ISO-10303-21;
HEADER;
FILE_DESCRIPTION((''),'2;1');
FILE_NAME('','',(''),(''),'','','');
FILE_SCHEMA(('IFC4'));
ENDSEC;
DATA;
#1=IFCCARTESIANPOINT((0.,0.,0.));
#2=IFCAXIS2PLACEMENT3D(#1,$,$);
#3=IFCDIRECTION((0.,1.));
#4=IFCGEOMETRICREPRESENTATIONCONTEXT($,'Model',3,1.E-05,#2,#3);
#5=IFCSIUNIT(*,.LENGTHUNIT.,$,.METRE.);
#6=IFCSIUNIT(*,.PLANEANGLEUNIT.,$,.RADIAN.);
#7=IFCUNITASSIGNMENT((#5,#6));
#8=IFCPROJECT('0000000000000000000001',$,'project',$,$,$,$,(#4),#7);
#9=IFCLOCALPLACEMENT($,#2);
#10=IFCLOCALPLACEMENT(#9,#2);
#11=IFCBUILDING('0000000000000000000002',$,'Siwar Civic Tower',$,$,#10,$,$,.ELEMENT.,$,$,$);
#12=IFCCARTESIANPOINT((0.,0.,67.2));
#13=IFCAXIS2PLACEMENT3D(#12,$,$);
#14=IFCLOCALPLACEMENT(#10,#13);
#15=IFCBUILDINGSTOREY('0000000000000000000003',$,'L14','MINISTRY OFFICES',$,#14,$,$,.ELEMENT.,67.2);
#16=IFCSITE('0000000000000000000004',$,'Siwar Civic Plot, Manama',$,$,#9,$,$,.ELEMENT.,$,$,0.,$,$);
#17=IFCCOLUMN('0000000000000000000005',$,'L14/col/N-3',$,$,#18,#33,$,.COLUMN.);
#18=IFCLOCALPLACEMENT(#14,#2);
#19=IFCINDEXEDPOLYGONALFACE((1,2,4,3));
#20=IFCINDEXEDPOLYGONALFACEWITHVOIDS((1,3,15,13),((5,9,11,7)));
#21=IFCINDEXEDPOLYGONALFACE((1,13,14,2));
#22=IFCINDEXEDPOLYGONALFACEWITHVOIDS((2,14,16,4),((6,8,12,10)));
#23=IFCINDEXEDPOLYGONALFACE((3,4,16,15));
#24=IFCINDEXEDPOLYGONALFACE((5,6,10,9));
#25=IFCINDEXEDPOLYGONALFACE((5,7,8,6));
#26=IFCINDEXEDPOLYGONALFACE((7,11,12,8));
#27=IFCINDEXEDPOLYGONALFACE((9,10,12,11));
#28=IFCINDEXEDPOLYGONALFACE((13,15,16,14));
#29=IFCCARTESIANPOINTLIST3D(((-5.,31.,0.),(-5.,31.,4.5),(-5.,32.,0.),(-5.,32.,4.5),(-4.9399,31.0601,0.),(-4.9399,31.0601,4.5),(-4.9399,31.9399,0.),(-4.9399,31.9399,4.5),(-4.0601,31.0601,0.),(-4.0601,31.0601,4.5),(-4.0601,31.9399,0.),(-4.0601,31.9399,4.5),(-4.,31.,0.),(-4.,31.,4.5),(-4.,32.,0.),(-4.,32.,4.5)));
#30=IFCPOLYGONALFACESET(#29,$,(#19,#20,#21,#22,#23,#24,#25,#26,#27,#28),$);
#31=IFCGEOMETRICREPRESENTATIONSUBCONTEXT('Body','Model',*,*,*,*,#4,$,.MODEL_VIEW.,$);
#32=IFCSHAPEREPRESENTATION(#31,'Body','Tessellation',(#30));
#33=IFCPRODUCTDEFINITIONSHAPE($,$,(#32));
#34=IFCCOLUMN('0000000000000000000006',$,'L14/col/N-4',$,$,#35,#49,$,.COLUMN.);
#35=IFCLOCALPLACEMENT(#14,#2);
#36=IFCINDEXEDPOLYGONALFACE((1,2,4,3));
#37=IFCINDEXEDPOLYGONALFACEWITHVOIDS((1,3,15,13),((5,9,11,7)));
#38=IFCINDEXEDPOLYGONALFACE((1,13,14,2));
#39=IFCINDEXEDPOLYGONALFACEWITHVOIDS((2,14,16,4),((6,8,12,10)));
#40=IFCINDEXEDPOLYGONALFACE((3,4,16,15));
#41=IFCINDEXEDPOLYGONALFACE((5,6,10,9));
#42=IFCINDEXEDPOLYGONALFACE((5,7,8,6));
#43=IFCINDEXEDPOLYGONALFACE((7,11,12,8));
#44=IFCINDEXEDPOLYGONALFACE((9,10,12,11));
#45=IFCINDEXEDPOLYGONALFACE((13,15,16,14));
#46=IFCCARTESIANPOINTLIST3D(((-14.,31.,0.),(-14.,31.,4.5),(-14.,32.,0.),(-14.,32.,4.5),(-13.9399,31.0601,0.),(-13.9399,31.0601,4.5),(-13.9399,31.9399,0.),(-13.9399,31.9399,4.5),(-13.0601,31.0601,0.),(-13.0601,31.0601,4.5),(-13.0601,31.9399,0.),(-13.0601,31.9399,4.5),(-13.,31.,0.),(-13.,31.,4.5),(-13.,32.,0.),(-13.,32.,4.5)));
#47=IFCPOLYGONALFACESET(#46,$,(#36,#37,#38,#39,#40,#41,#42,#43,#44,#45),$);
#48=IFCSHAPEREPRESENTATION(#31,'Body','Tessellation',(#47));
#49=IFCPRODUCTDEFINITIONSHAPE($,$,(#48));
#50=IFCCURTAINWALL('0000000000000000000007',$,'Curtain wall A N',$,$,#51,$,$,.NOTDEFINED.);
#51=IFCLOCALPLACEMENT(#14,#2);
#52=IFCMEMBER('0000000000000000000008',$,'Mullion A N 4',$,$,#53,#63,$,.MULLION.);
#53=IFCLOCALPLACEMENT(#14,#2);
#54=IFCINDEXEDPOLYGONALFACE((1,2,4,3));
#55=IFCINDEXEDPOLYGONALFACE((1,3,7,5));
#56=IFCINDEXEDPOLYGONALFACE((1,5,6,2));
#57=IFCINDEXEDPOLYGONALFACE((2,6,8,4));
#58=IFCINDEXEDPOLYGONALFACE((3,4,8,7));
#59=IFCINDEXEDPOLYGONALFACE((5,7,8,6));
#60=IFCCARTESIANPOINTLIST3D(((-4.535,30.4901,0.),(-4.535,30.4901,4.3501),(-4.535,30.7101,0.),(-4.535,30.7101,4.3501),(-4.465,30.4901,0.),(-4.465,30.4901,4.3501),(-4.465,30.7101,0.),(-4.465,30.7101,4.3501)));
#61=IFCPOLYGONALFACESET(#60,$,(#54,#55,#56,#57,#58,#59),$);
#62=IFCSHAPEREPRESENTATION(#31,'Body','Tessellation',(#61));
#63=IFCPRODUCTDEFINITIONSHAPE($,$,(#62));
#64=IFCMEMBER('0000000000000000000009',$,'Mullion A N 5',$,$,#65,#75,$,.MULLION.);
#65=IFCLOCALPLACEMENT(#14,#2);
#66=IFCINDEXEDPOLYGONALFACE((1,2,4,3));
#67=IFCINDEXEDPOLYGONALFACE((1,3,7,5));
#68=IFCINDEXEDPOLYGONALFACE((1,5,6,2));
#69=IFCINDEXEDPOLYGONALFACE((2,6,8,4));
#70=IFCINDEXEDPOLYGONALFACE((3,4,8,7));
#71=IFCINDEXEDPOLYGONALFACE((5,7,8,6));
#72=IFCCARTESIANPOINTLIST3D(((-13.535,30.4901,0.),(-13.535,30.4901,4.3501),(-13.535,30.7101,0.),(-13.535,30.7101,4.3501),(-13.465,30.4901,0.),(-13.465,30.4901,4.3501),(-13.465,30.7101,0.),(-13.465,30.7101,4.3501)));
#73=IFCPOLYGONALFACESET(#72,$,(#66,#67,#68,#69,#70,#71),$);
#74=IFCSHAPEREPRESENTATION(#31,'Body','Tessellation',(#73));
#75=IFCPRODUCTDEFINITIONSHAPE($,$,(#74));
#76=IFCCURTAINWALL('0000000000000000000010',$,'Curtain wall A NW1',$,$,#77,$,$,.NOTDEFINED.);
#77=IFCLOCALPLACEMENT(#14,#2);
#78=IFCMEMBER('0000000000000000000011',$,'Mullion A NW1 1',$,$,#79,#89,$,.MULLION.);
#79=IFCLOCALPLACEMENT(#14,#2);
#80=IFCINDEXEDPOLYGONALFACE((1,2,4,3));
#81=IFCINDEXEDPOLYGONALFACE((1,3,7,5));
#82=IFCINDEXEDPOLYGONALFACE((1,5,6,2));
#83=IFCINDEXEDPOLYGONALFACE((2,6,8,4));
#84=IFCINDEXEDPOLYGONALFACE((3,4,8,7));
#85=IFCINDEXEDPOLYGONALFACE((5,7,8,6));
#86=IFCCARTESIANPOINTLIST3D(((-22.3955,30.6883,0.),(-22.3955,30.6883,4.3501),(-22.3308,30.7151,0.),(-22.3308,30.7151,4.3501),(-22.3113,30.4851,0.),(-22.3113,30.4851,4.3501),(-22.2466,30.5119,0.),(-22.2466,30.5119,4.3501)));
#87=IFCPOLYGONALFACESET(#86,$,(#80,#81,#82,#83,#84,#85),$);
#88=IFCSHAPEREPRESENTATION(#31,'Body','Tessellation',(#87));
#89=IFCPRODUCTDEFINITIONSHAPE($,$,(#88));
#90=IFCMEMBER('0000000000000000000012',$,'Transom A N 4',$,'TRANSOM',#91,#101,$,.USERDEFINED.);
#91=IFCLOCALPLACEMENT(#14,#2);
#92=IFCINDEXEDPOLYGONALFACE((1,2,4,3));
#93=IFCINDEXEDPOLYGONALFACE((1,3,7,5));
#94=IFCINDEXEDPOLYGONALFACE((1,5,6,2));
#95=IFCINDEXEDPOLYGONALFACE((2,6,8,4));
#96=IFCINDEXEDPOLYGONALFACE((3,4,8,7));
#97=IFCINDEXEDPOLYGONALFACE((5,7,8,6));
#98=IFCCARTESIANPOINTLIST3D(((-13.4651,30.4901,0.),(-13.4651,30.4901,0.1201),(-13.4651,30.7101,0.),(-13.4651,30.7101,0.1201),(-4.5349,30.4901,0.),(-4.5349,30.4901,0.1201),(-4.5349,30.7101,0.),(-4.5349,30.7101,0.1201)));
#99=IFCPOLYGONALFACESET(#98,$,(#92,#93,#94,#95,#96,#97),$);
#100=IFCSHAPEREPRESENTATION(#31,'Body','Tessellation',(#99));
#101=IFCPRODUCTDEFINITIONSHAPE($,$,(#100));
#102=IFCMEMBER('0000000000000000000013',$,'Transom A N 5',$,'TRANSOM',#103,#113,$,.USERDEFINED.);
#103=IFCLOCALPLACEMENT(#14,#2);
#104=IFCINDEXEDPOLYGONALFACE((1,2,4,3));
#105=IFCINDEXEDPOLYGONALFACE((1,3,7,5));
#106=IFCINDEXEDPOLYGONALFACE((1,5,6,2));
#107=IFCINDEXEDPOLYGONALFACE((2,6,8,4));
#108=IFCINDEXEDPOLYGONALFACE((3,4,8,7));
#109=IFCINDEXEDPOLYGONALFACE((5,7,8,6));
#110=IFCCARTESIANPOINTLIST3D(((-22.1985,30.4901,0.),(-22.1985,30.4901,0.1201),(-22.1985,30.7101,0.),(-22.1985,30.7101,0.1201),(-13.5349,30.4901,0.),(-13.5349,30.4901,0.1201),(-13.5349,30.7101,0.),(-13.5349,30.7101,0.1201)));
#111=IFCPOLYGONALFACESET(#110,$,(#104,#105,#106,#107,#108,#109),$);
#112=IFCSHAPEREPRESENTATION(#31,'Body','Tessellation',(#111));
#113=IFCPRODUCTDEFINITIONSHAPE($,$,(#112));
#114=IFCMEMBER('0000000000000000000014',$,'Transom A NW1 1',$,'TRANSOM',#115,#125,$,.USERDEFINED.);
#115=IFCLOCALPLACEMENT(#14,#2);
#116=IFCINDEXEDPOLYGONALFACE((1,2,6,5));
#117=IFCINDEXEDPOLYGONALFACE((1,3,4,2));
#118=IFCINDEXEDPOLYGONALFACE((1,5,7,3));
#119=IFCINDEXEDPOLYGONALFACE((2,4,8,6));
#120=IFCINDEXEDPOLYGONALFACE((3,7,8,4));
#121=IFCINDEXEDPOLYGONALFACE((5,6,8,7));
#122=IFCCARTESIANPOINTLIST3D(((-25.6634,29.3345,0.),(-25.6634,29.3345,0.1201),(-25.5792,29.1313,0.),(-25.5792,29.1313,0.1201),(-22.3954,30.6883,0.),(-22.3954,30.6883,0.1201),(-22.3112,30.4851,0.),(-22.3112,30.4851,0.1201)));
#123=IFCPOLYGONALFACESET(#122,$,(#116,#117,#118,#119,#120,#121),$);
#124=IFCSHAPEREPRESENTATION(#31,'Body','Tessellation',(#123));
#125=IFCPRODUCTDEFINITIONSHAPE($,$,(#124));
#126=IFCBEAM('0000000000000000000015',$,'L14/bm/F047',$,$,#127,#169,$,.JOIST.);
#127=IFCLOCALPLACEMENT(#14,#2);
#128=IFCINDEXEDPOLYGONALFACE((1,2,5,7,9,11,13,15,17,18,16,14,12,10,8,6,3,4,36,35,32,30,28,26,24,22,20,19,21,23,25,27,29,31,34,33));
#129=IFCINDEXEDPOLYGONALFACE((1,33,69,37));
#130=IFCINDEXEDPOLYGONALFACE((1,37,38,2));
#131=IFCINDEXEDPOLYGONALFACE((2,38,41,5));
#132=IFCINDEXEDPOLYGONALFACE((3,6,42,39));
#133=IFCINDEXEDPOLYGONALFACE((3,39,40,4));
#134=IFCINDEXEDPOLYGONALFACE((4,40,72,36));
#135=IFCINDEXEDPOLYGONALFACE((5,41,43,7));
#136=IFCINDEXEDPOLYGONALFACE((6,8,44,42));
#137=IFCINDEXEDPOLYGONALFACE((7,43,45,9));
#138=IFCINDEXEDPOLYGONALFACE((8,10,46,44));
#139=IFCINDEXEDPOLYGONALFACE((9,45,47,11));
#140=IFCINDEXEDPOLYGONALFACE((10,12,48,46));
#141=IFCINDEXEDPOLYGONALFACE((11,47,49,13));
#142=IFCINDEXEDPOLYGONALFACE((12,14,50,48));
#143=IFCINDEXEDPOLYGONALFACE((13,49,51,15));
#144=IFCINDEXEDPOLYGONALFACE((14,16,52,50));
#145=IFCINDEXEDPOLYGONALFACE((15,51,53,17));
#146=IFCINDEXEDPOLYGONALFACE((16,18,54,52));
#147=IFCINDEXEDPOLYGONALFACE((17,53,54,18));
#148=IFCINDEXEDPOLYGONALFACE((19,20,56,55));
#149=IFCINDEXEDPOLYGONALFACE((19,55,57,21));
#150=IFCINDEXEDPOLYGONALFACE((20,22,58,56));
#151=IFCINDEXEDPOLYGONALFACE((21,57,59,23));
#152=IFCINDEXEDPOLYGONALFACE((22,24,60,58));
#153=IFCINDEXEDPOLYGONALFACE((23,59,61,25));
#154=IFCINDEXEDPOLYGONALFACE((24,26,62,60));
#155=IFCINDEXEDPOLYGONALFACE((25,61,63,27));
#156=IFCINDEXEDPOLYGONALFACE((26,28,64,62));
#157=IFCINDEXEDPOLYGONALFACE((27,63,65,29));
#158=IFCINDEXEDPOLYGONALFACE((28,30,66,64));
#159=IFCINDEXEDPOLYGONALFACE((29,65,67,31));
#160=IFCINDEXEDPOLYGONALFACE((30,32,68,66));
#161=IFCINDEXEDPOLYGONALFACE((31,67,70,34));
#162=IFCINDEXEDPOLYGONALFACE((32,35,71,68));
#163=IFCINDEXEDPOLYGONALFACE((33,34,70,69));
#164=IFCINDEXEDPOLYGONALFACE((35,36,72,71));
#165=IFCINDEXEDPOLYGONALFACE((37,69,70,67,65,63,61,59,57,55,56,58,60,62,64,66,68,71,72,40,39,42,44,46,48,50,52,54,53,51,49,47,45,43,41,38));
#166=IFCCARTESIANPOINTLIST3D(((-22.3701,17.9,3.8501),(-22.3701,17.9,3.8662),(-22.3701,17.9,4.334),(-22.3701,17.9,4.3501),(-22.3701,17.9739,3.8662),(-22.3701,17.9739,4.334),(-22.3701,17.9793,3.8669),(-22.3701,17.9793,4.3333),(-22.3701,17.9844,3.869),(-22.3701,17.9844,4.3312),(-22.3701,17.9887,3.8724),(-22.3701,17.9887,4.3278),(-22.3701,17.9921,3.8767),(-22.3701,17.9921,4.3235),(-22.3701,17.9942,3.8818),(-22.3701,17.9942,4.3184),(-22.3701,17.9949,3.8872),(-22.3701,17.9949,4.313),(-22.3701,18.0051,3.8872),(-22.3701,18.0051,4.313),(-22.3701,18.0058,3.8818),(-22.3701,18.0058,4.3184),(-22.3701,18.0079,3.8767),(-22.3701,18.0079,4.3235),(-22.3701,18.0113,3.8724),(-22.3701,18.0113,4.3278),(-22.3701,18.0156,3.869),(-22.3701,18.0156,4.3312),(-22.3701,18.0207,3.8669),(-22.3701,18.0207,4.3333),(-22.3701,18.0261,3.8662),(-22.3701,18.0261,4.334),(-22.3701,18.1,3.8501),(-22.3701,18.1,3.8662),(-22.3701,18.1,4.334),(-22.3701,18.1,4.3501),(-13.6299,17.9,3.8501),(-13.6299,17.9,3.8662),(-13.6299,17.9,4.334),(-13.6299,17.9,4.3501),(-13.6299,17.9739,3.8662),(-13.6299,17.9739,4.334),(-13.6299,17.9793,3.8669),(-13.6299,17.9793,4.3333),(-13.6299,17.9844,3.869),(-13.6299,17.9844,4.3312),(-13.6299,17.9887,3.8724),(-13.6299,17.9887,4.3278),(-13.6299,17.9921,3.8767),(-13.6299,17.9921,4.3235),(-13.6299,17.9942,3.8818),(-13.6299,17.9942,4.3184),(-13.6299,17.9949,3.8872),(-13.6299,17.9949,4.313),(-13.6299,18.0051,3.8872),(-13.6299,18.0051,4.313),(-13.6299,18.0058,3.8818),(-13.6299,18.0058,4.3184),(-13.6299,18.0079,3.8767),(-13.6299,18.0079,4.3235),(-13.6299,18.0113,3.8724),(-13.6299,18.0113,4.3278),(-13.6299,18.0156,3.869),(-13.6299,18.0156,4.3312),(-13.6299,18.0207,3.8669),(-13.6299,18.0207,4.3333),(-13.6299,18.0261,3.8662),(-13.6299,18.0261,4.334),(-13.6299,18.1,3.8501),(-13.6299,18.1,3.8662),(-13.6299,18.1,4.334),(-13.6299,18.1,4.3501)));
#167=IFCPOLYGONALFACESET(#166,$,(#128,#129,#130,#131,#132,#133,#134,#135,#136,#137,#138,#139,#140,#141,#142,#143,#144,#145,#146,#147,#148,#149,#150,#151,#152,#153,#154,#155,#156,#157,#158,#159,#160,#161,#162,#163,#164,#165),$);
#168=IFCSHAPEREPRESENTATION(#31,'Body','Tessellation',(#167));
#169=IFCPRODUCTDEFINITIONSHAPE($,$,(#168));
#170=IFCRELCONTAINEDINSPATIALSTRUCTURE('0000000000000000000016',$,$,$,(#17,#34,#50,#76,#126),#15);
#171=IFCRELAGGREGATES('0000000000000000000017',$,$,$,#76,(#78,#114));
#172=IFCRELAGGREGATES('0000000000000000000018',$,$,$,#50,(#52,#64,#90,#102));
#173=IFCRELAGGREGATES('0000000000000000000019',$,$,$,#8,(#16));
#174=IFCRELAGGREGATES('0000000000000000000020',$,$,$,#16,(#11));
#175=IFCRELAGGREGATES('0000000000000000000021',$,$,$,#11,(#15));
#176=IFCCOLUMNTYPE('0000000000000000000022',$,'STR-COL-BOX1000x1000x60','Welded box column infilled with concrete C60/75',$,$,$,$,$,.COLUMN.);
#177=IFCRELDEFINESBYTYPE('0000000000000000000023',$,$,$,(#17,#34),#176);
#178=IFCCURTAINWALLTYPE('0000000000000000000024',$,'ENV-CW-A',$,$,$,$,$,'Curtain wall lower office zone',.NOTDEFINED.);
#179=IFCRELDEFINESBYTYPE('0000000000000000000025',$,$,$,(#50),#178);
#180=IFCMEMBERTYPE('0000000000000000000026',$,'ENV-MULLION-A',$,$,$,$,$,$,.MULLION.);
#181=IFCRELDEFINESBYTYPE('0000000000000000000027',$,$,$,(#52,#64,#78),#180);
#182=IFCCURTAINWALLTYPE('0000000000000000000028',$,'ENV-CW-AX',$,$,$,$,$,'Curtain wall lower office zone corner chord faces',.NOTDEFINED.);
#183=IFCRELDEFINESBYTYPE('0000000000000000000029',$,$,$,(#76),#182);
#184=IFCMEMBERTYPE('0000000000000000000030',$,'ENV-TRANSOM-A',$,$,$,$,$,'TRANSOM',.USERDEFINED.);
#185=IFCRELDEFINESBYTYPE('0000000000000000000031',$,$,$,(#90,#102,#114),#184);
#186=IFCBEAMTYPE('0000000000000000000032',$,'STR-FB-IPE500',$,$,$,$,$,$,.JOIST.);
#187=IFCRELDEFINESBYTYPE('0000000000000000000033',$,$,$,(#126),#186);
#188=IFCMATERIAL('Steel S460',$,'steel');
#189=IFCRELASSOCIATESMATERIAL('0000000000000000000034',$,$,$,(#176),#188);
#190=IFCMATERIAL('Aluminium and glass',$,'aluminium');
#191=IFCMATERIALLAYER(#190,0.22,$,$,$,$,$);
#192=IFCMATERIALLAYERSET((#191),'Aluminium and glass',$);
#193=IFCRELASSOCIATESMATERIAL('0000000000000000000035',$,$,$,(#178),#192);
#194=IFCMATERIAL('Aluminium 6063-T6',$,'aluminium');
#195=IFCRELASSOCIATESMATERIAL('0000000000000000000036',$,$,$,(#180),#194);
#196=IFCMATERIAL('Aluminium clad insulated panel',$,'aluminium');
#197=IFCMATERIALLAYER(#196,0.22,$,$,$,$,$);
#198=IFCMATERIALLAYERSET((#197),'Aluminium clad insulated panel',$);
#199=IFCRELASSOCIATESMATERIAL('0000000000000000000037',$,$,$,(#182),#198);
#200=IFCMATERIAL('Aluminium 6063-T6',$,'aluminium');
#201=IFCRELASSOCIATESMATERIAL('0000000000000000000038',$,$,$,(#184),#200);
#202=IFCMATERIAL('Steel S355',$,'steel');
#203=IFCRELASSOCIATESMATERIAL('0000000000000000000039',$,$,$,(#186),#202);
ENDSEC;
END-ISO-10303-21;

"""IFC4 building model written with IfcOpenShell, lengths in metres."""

from ifc_helpers import new_model, si_unit, direction, frame, origin, origin_2d, place, context, subcontext, project, spatial, rectangle, hollow_rectangle, i_section, extrude, material, layer, layer_set, material_profile, profile_set, type_object, element, aggregate, save


model = new_model("IFC4")

# Units and contexts
model_context = context("Model", 3, precision=1e-05, world=origin(), true_north=direction((0.0, 1.0)))
body_context = subcontext(model_context, "Body", "Model", "MODEL_VIEW")
ifc_project = project(units=[si_unit("LENGTHUNIT", "METRE"), si_unit("PLANEANGLEUNIT", "RADIAN")], contexts=[model_context])

# Site, building, storey
site_placement = place(None, origin())
site = spatial("IfcSite", under=ifc_project, at=site_placement, Name="Siwar Civic Plot, Manama", CompositionType="ELEMENT", RefElevation=0.0)
building_placement = place(site_placement, origin())
building = spatial("IfcBuilding", under=site, at=building_placement, Name="Siwar Civic Tower", CompositionType="ELEMENT")
storey_placement = place(building_placement, frame((0.0, 0.0, 67.2)))
storey = spatial("IfcBuildingStorey", under=building, at=storey_placement, Name="L14", Description="MINISTRY OFFICES", CompositionType="ELEMENT", Elevation=67.2)

# Columns
ifc_material_1 = material(Name="Steel S460", Category="steel")
ifc_material_profile_1 = material_profile(ifc_material_1, hollow_rectangle(XDim=1.0, YDim=1.0, WallThickness=0.0601, at=origin_2d()), Name="BOX1000x1000x60")
ifc_profile_set_1 = profile_set([ifc_material_profile_1], Name="Steel S460")
column_type = type_object("IfcColumnType", Name="STR-COL-BOX1000x1000x60", Description="Welded box column infilled with concrete C60/75", PredefinedType="COLUMN", material=ifc_profile_set_1)
for number, where, z_axis, x_axis, name in (
    (1, (-4.5, 31.5, 0.0), (0.0, 0.0, 1.0), (1.0, 0.0, 0.0), "L14/col/N-3"),
    (2, (-13.5, 31.5, 0.0), (0.0, 0.0, 1.0), (1.0, 0.0, 0.0), "L14/col/N-4"),
):
    element("IfcColumn", number, at=place(storey_placement, frame(where, z_axis=z_axis, x_axis=x_axis)), inside=storey, type_object=column_type, Name=name, PredefinedType="COLUMN", context=body_context, shape_type="SweptSolid", body=[
        extrude(hollow_rectangle(XDim=1.0, YDim=1.0, WallThickness=0.0601, at=origin_2d()), origin(), (0.0, 0.0, 1.0), 4.5),
    ])

# Curtain wall, members
ifc_material_2 = material(Name="Aluminium and glass", Category="aluminium")
ifc_layer_1 = layer(ifc_material_2, 0.22)
ifc_layer_set_1 = layer_set([ifc_layer_1], Name="Aluminium and glass")
curtain_wall_type_1 = type_object("IfcCurtainWallType", Name="ENV-CW-A", ElementType="Curtain wall lower office zone", PredefinedType="NOTDEFINED", material=ifc_layer_set_1)
curtain_wall_1_placement = place(storey_placement, origin())
curtain_wall_1 = element("IfcCurtainWall", 3, at=curtain_wall_1_placement, inside=storey, type_object=curtain_wall_type_1, Name="Curtain wall A N", PredefinedType="NOTDEFINED")
ifc_material_3 = material(Name="Aluminium 6063-T6", Category="aluminium")
ifc_material_profile_2 = material_profile(ifc_material_3, rectangle(XDim=0.22, YDim=0.0701, at=origin_2d()), Name="AL 220x70")
ifc_profile_set_2 = profile_set([ifc_material_profile_2], Name="Aluminium 6063-T6")
member_type_1 = type_object("IfcMemberType", Name="ENV-MULLION-A", PredefinedType="MULLION", material=ifc_profile_set_2)
member_1_placement = place(storey_placement, frame((-4.5, 30.6001, 0.0), z_axis=(0.0, 0.0, 1.0), x_axis=(0.0, -1.0, 0.0)))
member_1 = element("IfcMember", 4, at=member_1_placement, type_object=member_type_1, Name="Mullion A N 4", PredefinedType="MULLION", context=body_context, shape_type="SweptSolid", body=[
    extrude(rectangle(XDim=0.22, YDim=0.0701, at=origin_2d()), origin(), (0.0, 0.0, 1.0), 4.3501),
])
member_2_placement = place(storey_placement, frame((-13.5, 30.6001, 0.0), z_axis=(0.0, 0.0, 1.0), x_axis=(0.0, -1.0, 0.0)))
member_2 = element("IfcMember", 5, at=member_2_placement, type_object=member_type_1, Name="Mullion A N 5", PredefinedType="MULLION", context=body_context, shape_type="SweptSolid", body=[
    extrude(rectangle(XDim=0.22, YDim=0.0701, at=origin_2d()), origin(), (0.0, 0.0, 1.0), 4.3501),
])

# Curtain wall, member
ifc_material_4 = material(Name="Aluminium clad insulated panel", Category="aluminium")
ifc_layer_2 = layer(ifc_material_4, 0.22)
ifc_layer_set_2 = layer_set([ifc_layer_2], Name="Aluminium clad insulated panel")
curtain_wall_type_2 = type_object("IfcCurtainWallType", Name="ENV-CW-AX", ElementType="Curtain wall lower office zone corner chord faces", PredefinedType="NOTDEFINED", material=ifc_layer_set_2)
curtain_wall_2_placement = place(storey_placement, origin())
curtain_wall_2 = element("IfcCurtainWall", 6, at=curtain_wall_2_placement, inside=storey, type_object=curtain_wall_type_2, Name="Curtain wall A NW1", PredefinedType="NOTDEFINED")
member_3_placement = place(storey_placement, frame((-22.321, 30.6001, 0.0), z_axis=(0.0, 0.0, 1.0), x_axis=(0.382683, -0.92388, 0.0)))
member_3 = element("IfcMember", 7, at=member_3_placement, type_object=member_type_1, Name="Mullion A NW1 1", PredefinedType="MULLION", context=body_context, shape_type="SweptSolid", body=[
    extrude(rectangle(XDim=0.22, YDim=0.0701, at=origin_2d()), origin(), (0.0, 0.0, 1.0), 4.3501),
])

# Members
ifc_material_5 = material(Name="Aluminium 6063-T6", Category="aluminium")
ifc_material_profile_3 = material_profile(ifc_material_5, rectangle(XDim=0.22, YDim=0.1201, at=origin_2d()), Name="AL 220x120")
ifc_profile_set_3 = profile_set([ifc_material_profile_3], Name="Aluminium 6063-T6")
member_type_2 = type_object("IfcMemberType", Name="ENV-TRANSOM-A", ElementType="TRANSOM", PredefinedType="USERDEFINED", material=ifc_profile_set_3)
member_4_placement = place(storey_placement, frame((-4.5349, 30.6001, 0.0601), z_axis=(-1.0, 0.0, 0.0), x_axis=(0.0, -1.0, 0.0)))
member_4 = element("IfcMember", 8, at=member_4_placement, type_object=member_type_2, Name="Transom A N 4", ObjectType="TRANSOM", PredefinedType="USERDEFINED", context=body_context, shape_type="SweptSolid", body=[
    extrude(rectangle(XDim=0.22, YDim=0.1201, at=origin_2d()), origin(), (0.0, 0.0, 1.0), 8.9302),
])
member_5_placement = place(storey_placement, frame((-13.5349, 30.6001, 0.0601), z_axis=(-1.0, 0.0, 0.0), x_axis=(0.0, -1.0, 0.0)))
member_5 = element("IfcMember", 9, at=member_5_placement, type_object=member_type_2, Name="Transom A N 5", ObjectType="TRANSOM", PredefinedType="USERDEFINED", context=body_context, shape_type="SweptSolid", body=[
    extrude(rectangle(XDim=0.22, YDim=0.1201, at=origin_2d()), origin(), (0.0, 0.0, 1.0), 8.6636),
])
member_6_placement = place(storey_placement, frame((-22.3533, 30.5867, 0.0601), z_axis=(-0.923871, -0.382703, 0.0), x_axis=(0.382703, -0.923871, 0.0)))
member_6 = element("IfcMember", 10, at=member_6_placement, type_object=member_type_2, Name="Transom A NW1 1", ObjectType="TRANSOM", PredefinedType="USERDEFINED", context=body_context, shape_type="SweptSolid", body=[
    extrude(rectangle(XDim=0.22, YDim=0.1201, at=origin_2d()), origin(), (0.0, 0.0, 1.0), 3.5374),
])
aggregate(curtain_wall_2, [member_3, member_6])

# Beam
ifc_material_6 = material(Name="Steel S355", Category="steel")
ifc_material_profile_4 = material_profile(ifc_material_6, i_section(OverallWidth=0.2, OverallDepth=0.5, WebThickness=0.0103, FlangeThickness=0.0161, FilletRadius=0.021, at=origin_2d()), Name="IPE500")
ifc_profile_set_4 = profile_set([ifc_material_profile_4], Name="Steel S355")
beam_type_1 = type_object("IfcBeamType", Name="STR-FB-IPE500", PredefinedType="JOIST", material=ifc_profile_set_4)
for number, where, z_axis, x_axis, name in (
    (11, (-22.3701, 18.0, 4.1001), (1.0, 0.0, 0.0), (0.0, 1.0, 0.0), "L14/bm/F047"),
):
    element("IfcBeam", number, at=place(storey_placement, frame(where, z_axis=z_axis, x_axis=x_axis)), inside=storey, type_object=beam_type_1, Name=name, PredefinedType="JOIST", context=body_context, shape_type="SweptSolid", body=[
        extrude(i_section(OverallWidth=0.2, OverallDepth=0.5, WebThickness=0.0103, FlangeThickness=0.0161, FilletRadius=0.021, at=origin_2d()), origin(), (0.0, 0.0, 1.0), 8.7402),
    ])

aggregate(curtain_wall_1, [member_1, member_2, member_4, member_5])

save(model, "model.ifc")
